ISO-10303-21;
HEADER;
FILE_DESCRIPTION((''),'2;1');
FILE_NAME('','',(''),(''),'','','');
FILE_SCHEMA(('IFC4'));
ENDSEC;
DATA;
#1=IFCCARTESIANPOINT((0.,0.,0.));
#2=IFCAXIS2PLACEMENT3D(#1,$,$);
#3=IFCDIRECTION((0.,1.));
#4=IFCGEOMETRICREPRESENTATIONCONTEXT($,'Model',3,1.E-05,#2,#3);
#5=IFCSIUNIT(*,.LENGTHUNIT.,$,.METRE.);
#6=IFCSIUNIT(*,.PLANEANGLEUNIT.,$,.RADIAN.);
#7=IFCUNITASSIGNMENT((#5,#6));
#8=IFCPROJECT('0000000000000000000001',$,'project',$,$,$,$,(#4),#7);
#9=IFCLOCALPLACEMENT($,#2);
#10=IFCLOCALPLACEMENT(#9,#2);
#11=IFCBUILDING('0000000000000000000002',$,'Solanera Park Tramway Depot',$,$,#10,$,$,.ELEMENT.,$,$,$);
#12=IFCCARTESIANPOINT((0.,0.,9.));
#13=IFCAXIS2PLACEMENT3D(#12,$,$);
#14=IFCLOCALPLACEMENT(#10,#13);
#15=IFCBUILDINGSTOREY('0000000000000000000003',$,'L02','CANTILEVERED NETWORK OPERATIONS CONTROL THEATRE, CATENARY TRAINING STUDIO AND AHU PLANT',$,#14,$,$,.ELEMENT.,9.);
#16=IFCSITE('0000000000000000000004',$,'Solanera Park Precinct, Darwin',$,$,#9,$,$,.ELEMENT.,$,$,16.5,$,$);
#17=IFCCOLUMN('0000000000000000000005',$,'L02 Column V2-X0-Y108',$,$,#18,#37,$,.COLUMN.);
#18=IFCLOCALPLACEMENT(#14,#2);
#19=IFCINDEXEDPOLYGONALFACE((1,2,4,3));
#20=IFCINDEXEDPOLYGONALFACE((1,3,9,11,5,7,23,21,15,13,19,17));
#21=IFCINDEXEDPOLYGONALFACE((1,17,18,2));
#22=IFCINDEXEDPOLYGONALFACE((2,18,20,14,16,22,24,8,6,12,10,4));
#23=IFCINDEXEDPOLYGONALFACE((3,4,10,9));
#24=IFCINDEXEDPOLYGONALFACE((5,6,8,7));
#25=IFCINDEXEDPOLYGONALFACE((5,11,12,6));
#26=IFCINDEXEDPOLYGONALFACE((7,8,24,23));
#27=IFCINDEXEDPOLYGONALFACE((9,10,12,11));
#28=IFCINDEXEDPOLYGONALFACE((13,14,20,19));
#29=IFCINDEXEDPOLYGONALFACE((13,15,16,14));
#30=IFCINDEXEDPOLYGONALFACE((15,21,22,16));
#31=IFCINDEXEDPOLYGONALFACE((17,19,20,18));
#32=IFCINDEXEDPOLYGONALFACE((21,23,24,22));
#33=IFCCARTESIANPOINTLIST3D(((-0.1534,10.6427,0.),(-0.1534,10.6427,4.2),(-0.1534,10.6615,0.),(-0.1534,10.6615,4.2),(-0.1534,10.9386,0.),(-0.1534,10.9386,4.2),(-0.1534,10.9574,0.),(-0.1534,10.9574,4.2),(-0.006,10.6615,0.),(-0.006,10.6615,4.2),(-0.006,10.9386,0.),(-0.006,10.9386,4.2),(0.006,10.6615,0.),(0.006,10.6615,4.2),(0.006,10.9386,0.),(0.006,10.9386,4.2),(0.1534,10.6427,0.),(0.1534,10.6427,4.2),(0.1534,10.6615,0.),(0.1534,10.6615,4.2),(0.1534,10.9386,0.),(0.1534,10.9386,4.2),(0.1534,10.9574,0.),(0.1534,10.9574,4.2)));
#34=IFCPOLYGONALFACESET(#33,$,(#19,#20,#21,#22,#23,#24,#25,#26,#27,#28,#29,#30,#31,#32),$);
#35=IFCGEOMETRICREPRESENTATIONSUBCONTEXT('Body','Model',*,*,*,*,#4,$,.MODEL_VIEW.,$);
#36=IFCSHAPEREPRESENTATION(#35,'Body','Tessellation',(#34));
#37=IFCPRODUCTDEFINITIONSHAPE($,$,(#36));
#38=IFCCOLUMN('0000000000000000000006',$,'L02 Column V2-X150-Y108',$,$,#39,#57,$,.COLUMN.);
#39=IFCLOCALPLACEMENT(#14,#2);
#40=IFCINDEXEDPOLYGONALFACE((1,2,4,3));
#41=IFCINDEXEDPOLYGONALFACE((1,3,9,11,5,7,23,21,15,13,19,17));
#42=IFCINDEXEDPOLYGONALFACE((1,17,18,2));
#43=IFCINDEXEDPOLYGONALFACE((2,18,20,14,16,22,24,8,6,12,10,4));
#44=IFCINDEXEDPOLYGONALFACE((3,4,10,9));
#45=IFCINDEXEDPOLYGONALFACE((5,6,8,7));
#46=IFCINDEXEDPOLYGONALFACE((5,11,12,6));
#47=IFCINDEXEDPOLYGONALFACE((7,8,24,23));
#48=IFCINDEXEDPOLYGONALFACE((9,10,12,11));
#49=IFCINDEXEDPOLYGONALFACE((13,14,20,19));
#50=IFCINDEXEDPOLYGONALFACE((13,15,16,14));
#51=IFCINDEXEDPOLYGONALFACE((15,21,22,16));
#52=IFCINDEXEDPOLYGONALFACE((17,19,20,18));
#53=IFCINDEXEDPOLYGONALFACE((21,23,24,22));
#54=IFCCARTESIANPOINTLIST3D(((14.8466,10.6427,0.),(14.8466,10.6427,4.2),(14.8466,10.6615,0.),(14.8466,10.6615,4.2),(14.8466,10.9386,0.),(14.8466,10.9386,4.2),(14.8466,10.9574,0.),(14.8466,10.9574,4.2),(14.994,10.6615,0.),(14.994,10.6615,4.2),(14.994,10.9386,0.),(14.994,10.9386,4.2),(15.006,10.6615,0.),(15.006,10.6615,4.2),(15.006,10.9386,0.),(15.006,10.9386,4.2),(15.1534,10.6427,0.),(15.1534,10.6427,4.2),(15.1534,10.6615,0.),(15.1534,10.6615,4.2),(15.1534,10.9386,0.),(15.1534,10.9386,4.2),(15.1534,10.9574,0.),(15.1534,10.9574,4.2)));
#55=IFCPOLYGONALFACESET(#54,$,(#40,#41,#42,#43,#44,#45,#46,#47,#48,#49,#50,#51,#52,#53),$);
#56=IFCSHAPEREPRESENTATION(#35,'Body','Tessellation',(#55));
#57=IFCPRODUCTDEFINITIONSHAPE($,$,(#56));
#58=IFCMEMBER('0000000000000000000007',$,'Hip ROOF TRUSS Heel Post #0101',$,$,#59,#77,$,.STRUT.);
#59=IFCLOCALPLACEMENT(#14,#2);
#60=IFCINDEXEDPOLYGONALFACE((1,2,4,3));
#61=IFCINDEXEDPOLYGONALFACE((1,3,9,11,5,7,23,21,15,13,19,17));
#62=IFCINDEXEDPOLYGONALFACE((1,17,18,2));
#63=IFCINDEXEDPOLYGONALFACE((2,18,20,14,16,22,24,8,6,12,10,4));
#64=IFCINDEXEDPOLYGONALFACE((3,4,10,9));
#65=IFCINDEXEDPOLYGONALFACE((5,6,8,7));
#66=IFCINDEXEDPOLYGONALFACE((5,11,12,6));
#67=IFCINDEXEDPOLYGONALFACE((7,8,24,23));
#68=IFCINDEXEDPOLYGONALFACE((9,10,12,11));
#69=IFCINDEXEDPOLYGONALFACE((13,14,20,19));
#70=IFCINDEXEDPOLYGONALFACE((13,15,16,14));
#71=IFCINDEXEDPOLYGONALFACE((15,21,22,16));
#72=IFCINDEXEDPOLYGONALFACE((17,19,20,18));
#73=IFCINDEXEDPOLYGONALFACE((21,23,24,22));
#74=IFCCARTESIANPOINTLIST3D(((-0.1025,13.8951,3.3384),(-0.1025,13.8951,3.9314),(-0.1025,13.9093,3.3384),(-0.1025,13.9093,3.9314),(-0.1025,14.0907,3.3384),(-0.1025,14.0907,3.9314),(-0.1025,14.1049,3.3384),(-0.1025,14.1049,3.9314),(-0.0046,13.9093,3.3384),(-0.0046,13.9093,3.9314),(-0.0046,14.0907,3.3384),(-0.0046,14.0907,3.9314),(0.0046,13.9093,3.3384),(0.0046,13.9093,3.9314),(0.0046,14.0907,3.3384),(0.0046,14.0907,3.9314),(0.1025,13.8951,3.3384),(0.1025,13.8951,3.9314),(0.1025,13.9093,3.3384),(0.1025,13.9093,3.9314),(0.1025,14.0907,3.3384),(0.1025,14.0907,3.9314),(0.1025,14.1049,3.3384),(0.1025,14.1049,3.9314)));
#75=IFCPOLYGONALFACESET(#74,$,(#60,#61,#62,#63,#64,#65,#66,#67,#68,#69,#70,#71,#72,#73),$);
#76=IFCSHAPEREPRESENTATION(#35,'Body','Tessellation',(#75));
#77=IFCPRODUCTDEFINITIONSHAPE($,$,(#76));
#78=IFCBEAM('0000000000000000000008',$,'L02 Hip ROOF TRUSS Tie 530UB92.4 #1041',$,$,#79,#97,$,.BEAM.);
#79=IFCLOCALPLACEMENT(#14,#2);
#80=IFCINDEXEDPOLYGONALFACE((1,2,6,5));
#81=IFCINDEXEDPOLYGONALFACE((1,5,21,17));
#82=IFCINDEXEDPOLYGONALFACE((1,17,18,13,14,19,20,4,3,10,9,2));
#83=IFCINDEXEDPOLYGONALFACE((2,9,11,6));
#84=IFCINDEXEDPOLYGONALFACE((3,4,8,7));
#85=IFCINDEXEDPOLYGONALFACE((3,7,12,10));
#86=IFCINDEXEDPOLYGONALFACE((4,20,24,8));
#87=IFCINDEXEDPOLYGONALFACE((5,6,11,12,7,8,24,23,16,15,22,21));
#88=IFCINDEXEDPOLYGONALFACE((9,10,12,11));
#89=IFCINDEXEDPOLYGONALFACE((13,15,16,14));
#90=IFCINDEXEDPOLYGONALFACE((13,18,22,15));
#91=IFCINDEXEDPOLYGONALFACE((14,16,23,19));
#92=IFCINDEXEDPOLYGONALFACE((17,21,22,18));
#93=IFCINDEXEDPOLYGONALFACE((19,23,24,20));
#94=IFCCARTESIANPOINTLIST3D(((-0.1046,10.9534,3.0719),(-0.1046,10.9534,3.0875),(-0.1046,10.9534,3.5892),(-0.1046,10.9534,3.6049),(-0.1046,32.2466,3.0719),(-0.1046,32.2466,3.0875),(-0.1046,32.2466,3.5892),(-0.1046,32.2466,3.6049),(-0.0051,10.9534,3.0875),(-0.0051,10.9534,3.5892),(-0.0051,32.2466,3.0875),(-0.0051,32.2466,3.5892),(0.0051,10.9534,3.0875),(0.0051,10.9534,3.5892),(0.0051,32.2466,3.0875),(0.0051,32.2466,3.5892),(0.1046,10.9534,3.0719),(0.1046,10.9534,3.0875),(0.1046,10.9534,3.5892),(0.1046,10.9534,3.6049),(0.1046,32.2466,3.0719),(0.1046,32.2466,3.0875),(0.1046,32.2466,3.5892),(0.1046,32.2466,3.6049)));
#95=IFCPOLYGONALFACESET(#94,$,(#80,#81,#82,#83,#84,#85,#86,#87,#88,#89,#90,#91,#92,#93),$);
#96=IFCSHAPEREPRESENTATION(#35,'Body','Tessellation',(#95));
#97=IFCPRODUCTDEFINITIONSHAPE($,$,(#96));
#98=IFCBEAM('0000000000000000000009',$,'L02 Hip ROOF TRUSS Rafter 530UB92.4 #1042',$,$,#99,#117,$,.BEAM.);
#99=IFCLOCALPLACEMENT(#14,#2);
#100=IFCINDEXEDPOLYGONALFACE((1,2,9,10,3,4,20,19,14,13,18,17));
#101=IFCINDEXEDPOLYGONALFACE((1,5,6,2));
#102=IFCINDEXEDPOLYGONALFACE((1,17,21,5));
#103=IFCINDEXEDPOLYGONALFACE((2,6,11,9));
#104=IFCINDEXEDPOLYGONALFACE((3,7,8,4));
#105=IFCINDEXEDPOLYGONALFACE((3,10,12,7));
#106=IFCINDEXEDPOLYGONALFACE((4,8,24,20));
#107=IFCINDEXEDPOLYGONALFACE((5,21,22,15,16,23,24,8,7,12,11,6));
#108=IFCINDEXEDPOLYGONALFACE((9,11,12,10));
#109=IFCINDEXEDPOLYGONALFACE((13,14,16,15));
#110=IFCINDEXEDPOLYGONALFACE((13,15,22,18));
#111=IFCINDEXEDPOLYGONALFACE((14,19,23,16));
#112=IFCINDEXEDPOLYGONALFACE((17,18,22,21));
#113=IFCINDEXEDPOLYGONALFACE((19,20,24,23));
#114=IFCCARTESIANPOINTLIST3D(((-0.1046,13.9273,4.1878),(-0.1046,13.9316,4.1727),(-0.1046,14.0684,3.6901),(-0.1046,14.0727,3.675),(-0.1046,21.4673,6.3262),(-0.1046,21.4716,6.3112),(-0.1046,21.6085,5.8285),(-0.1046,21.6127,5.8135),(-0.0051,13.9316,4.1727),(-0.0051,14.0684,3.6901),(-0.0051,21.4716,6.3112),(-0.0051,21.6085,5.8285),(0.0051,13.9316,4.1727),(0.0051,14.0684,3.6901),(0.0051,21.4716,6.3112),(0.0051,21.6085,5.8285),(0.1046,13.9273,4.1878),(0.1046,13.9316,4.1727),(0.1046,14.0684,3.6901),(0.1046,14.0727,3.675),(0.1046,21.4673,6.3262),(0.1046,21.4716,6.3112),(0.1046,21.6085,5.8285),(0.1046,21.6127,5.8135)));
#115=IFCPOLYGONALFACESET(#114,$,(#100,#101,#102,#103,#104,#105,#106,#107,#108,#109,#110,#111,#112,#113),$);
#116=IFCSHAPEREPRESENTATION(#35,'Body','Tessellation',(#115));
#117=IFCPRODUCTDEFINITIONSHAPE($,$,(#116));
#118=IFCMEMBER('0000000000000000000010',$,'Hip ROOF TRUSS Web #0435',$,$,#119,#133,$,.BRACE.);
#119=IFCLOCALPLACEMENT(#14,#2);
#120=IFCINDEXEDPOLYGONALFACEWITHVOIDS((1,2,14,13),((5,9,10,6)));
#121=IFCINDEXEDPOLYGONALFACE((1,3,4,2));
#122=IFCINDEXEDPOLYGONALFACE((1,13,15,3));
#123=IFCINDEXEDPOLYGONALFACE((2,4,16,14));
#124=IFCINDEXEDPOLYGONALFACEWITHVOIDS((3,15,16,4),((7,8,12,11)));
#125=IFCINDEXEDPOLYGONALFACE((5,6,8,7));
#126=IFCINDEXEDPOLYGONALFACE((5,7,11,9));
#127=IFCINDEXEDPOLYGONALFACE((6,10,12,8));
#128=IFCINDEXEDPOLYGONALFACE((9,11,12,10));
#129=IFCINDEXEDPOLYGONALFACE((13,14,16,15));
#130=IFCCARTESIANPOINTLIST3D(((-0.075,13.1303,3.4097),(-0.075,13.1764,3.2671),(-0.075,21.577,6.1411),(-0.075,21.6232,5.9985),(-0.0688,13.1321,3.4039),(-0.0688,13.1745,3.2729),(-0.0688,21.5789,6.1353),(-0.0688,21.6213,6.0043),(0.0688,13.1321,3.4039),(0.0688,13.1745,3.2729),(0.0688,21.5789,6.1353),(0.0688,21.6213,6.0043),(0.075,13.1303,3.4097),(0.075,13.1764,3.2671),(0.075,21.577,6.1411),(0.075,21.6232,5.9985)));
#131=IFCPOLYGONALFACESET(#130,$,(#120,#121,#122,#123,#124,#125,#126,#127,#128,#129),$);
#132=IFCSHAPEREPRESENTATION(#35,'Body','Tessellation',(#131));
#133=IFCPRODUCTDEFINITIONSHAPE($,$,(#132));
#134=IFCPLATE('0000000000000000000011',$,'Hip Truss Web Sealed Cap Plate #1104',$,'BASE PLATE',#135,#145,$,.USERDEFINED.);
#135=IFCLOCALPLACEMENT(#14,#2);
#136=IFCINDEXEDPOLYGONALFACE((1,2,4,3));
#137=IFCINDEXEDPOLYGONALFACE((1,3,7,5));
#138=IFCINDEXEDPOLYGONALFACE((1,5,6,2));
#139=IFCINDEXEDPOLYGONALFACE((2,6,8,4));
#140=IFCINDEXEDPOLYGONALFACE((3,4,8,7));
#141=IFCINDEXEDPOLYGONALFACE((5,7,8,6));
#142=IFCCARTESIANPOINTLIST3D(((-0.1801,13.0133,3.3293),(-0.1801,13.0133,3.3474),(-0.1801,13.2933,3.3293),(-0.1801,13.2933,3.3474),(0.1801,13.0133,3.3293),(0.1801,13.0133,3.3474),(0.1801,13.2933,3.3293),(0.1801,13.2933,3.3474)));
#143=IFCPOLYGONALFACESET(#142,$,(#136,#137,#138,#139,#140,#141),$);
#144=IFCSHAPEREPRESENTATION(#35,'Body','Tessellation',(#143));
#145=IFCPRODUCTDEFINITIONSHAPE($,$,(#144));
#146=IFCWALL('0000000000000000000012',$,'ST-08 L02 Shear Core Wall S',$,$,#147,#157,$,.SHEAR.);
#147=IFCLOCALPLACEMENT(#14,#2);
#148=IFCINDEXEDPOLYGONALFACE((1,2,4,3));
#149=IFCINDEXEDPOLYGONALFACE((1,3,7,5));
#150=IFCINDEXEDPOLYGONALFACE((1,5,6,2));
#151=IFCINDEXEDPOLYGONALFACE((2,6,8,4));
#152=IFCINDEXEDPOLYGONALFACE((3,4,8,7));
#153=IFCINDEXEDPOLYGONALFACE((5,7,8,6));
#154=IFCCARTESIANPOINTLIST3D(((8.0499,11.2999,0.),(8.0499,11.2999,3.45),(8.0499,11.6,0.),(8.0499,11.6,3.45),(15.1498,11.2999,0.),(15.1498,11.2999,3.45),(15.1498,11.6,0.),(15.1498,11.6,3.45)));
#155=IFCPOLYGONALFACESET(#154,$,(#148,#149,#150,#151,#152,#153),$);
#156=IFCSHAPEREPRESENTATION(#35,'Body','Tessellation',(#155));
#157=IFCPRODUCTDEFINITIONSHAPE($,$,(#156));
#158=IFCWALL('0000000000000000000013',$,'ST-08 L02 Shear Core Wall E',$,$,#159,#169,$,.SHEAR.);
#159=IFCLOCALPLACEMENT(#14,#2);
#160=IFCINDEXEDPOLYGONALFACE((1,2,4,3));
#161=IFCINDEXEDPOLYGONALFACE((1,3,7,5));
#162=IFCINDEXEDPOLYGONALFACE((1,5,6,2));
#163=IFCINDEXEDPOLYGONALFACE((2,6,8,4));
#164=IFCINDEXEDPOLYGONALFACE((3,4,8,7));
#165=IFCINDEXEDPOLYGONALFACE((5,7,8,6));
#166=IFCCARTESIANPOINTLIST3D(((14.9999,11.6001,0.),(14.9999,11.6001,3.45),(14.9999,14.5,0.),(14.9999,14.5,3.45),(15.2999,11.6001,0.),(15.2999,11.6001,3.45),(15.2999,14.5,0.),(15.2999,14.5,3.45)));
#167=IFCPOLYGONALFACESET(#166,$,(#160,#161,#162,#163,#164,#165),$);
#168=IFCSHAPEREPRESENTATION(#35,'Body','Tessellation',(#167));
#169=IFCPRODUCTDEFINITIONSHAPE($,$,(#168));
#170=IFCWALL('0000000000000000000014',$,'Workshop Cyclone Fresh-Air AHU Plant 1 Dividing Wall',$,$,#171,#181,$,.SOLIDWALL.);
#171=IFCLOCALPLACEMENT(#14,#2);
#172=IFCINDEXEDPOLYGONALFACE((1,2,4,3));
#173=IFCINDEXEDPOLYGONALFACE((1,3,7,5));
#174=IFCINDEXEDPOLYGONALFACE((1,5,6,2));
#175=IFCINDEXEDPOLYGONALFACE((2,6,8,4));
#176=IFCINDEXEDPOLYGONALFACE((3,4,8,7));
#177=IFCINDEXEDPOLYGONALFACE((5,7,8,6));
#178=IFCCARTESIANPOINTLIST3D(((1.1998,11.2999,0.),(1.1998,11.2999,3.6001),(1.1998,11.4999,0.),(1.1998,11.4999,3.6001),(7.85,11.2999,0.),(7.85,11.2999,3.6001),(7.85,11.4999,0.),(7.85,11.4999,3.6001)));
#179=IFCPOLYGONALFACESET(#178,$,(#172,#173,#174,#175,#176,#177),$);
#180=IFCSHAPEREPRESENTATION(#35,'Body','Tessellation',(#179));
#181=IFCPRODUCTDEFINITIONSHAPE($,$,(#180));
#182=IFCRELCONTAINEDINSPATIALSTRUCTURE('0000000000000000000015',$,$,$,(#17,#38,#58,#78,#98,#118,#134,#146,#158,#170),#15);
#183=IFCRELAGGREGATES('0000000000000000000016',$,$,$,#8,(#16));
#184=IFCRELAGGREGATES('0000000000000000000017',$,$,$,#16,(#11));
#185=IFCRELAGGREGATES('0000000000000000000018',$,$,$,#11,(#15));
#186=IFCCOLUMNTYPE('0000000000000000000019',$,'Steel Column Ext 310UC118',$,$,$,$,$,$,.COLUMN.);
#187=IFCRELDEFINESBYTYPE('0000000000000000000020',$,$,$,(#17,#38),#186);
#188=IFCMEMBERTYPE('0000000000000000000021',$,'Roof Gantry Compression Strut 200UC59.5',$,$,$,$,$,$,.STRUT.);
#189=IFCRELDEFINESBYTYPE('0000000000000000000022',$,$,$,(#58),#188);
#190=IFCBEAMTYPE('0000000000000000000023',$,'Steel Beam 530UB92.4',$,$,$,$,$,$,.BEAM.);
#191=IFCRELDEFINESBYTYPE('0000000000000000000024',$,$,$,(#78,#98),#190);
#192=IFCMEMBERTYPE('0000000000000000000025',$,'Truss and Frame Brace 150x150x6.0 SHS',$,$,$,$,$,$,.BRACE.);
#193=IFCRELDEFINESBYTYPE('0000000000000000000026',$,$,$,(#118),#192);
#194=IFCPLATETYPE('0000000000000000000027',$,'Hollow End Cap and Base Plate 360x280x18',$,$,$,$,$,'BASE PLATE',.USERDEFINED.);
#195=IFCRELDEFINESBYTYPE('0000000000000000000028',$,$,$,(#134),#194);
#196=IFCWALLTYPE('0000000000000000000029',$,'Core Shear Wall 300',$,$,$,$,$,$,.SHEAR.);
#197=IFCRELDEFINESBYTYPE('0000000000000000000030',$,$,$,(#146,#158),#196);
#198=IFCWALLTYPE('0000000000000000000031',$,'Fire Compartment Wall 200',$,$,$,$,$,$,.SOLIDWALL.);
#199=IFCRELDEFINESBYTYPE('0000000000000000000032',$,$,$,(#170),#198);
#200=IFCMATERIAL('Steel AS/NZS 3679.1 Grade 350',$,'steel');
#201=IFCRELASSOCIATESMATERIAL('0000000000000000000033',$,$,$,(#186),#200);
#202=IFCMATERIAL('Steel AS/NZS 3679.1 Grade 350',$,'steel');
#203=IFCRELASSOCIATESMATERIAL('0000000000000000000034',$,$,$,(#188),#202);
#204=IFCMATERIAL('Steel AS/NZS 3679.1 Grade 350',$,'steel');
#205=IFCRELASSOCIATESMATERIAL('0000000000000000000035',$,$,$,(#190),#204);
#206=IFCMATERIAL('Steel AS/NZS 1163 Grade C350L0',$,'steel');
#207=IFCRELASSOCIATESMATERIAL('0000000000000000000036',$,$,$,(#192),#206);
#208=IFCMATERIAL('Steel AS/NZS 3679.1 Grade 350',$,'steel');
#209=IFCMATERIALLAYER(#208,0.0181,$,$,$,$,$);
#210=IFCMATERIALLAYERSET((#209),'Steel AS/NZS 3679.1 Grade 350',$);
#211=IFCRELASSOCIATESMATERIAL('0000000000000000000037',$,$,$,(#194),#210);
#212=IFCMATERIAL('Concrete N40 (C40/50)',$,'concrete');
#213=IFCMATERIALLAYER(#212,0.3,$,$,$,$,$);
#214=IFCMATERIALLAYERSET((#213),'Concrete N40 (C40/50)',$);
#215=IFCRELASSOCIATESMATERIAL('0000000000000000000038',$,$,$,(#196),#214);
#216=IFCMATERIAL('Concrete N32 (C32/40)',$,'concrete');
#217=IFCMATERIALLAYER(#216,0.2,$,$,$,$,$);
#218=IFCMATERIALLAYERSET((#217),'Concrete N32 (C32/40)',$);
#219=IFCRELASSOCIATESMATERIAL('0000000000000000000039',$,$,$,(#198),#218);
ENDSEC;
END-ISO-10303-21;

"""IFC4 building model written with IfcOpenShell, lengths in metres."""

from ifc_helpers import new_model, si_unit, direction, frame, frame_2d, origin, origin_2d, place, context, subcontext, project, spatial, rectangle, hollow_rectangle, i_section, extrude, material, layer, layer_set, material_profile, profile_set, type_object, element, save


model = new_model("IFC4")

# Units and contexts
model_context = context("Model", 3, precision=1e-05, world=origin(), true_north=direction((0.0, 1.0)))
body_context = subcontext(model_context, "Body", "Model", "MODEL_VIEW")
ifc_project = project(units=[si_unit("LENGTHUNIT", "METRE"), si_unit("PLANEANGLEUNIT", "RADIAN")], contexts=[model_context])

# Site, building, storey
site_placement = place(None, origin())
site = spatial("IfcSite", under=ifc_project, at=site_placement, Name="Solanera Park Precinct, Darwin", CompositionType="ELEMENT", RefElevation=16.5)
building_placement = place(site_placement, origin())
building = spatial("IfcBuilding", under=site, at=building_placement, Name="Solanera Park Tramway Depot", CompositionType="ELEMENT")
storey_placement = place(building_placement, frame((0.0, 0.0, 9.0)))
storey = spatial("IfcBuildingStorey", under=building, at=storey_placement, Name="L02", Description="CANTILEVERED NETWORK OPERATIONS CONTROL THEATRE, CATENARY TRAINING STUDIO AND AHU PLANT", CompositionType="ELEMENT", Elevation=9.0)

# Columns
ifc_material_1 = material(Name="Steel AS/NZS 3679.1 Grade 350", Category="steel")
ifc_material_profile_1 = material_profile(ifc_material_1, i_section(OverallWidth=0.3069, OverallDepth=0.3147, WebThickness=0.012, FlangeThickness=0.0188, at=origin_2d()), Name="310UC118")
ifc_profile_set_1 = profile_set([ifc_material_profile_1], Name="Steel AS/NZS 3679.1 Grade 350")
column_type = type_object("IfcColumnType", Name="Steel Column Ext 310UC118", PredefinedType="COLUMN", material=ifc_profile_set_1)
for number, where, z_axis, x_axis, name in (
    (1, (0.0, 10.8, 0.0), (0.0, 0.0, 1.0), (1.0, 0.0, 0.0), "L02 Column V2-X0-Y108"),
    (2, (15.0, 10.8, 0.0), (0.0, 0.0, 1.0), (1.0, 0.0, 0.0), "L02 Column V2-X150-Y108"),
):
    element("IfcColumn", number, at=place(storey_placement, frame(where, z_axis=z_axis, x_axis=x_axis)), inside=storey, type_object=column_type, Name=name, PredefinedType="COLUMN", context=body_context, shape_type="SweptSolid", body=[
        extrude(i_section(OverallWidth=0.3069, OverallDepth=0.3147, WebThickness=0.012, FlangeThickness=0.0188, at=origin_2d()), origin(), (0.0, 0.0, 1.0), 4.2),
    ])

# Member
ifc_material_2 = material(Name="Steel AS/NZS 3679.1 Grade 350", Category="steel")
ifc_material_profile_2 = material_profile(ifc_material_2, i_section(OverallWidth=0.2051, OverallDepth=0.2097, WebThickness=0.0093, FlangeThickness=0.0142, at=origin_2d()), Name="200UC59.5")
ifc_profile_set_2 = profile_set([ifc_material_profile_2], Name="Steel AS/NZS 3679.1 Grade 350")
member_type_1 = type_object("IfcMemberType", Name="Roof Gantry Compression Strut 200UC59.5", PredefinedType="STRUT", material=ifc_profile_set_2)
member_1_placement = place(storey_placement, frame((0.0, 14.0, 3.3384), z_axis=(0.0, 0.0, 1.0), x_axis=(1.0, 0.0, 0.0)))
element("IfcMember", 3, at=member_1_placement, inside=storey, type_object=member_type_1, Name="Hip ROOF TRUSS Heel Post #0101", PredefinedType="STRUT", context=body_context, shape_type="SweptSolid", body=[
    extrude(i_section(OverallWidth=0.2051, OverallDepth=0.2097, WebThickness=0.0093, FlangeThickness=0.0142, at=origin_2d()), origin(), (0.0, 0.0, 1.0), 0.593),
])

# Beams
ifc_material_3 = material(Name="Steel AS/NZS 3679.1 Grade 350", Category="steel")
ifc_material_profile_3 = material_profile(ifc_material_3, i_section(OverallWidth=0.2092, OverallDepth=0.533, WebThickness=0.0103, FlangeThickness=0.0156, at=origin_2d()), Name="530UB92.4")
ifc_profile_set_3 = profile_set([ifc_material_profile_3], Name="Steel AS/NZS 3679.1 Grade 350")
beam_type = type_object("IfcBeamType", Name="Steel Beam 530UB92.4", PredefinedType="BEAM", material=ifc_profile_set_3)
beam_1_placement = place(storey_placement, frame((0.0, 10.9534, 3.3384), z_axis=(0.0, 1.0, 0.0), x_axis=(-1.0, 0.0, 0.0)))
element("IfcBeam", 4, at=beam_1_placement, inside=storey, type_object=beam_type, Name="L02 Hip ROOF TRUSS Tie 530UB92.4 #1041", PredefinedType="BEAM", context=body_context, shape_type="SweptSolid", body=[
    extrude(i_section(OverallWidth=0.2092, OverallDepth=0.533, WebThickness=0.0103, FlangeThickness=0.0156, at=origin_2d()), origin(), (0.0, 0.0, 1.0), 21.2932),
])
beam_2_placement = place(storey_placement, frame((0.0, 14.0, 3.9314), z_axis=(0.0, 0.962057, 0.272849), x_axis=(-1.0, 0.0, 0.0)))
element("IfcBeam", 5, at=beam_2_placement, inside=storey, type_object=beam_type, Name="L02 Hip ROOF TRUSS Rafter 530UB92.4 #1042", PredefinedType="BEAM", context=body_context, shape_type="SweptSolid", body=[
    extrude(i_section(OverallWidth=0.2092, OverallDepth=0.533, WebThickness=0.0103, FlangeThickness=0.0156, at=origin_2d()), origin(), (0.0, 0.0, 1.0), 7.8374),
])

# Member
ifc_material_4 = material(Name="Steel AS/NZS 1163 Grade C350L0", Category="steel")
ifc_material_profile_4 = material_profile(ifc_material_4, hollow_rectangle(XDim=0.1499, YDim=0.1499, WallThickness=0.0061, at=origin_2d()), Name="150x150x6.0 SHS")
ifc_profile_set_4 = profile_set([ifc_material_profile_4], Name="Steel AS/NZS 1163 Grade C350L0")
member_type_2 = type_object("IfcMemberType", Name="Truss and Frame Brace 150x150x6.0 SHS", PredefinedType="BRACE", material=ifc_profile_set_4)
member_2_placement = place(storey_placement, frame((0.0, 13.1533, 3.3384), z_axis=(0.0, 0.951489, 0.307684), x_axis=(-1.0, 0.0, 0.0)))
element("IfcMember", 6, at=member_2_placement, inside=storey, type_object=member_type_2, Name="Hip ROOF TRUSS Web #0435", PredefinedType="BRACE", context=body_context, shape_type="SweptSolid", body=[
    extrude(hollow_rectangle(XDim=0.1499, YDim=0.1499, WallThickness=0.0061, at=origin_2d()), origin(), (0.0, 0.0, 1.0), 8.8774),
])

# Plate
ifc_material_5 = material(Name="Steel AS/NZS 3679.1 Grade 350", Category="steel")
ifc_layer_1 = layer(ifc_material_5, 0.0181)
ifc_layer_set_1 = layer_set([ifc_layer_1], Name="Steel AS/NZS 3679.1 Grade 350")
plate_type = type_object("IfcPlateType", Name="Hollow End Cap and Base Plate 360x280x18", ElementType="BASE PLATE", PredefinedType="USERDEFINED", material=ifc_layer_set_1)
plate_placement = place(storey_placement, frame((0.0, 13.1533, 3.3293), z_axis=(0.0, 0.0, 1.0), x_axis=(1.0, 0.0, 0.0)))
element("IfcPlate", 7, at=plate_placement, inside=storey, type_object=plate_type, Name="Hip Truss Web Sealed Cap Plate #1104", ObjectType="BASE PLATE", PredefinedType="USERDEFINED", context=body_context, shape_type="SweptSolid", body=[
    extrude(rectangle(XDim=0.3601, YDim=0.28, at=origin_2d()), origin(), (0.0, 0.0, 1.0), 0.0181),
])

# Walls
ifc_material_6 = material(Name="Concrete N40 (C40/50)", Category="concrete")
ifc_layer_2 = layer(ifc_material_6, 0.3)
ifc_layer_set_2 = layer_set([ifc_layer_2], Name="Concrete N40 (C40/50)")
wall_type_1 = type_object("IfcWallType", Name="Core Shear Wall 300", PredefinedType="SHEAR", material=ifc_layer_set_2)
wall_1_placement = place(storey_placement, frame((8.05, 11.45, 0.0), z_axis=(0.0, 0.0, 1.0), x_axis=(1.0, 0.0, 0.0)))
element("IfcWall", 8, at=wall_1_placement, inside=storey, type_object=wall_type_1, Name="ST-08 L02 Shear Core Wall S", PredefinedType="SHEAR", context=body_context, shape_type="SweptSolid", body=[
    extrude(rectangle(XDim=7.0999, YDim=0.3, at=frame_2d((3.5498, 0.0))), origin(), (0.0, 0.0, 1.0), 3.45),
])
wall_2_placement = place(storey_placement, frame((15.1499, 11.6001, 0.0), z_axis=(0.0, 0.0, 1.0), x_axis=(0.0, 1.0, 0.0)))
element("IfcWall", 9, at=wall_2_placement, inside=storey, type_object=wall_type_1, Name="ST-08 L02 Shear Core Wall E", PredefinedType="SHEAR", context=body_context, shape_type="SweptSolid", body=[
    extrude(rectangle(XDim=2.8999, YDim=0.3, at=frame_2d((1.45, 0.0))), origin(), (0.0, 0.0, 1.0), 3.45),
])

# Wall
ifc_material_7 = material(Name="Concrete N32 (C32/40)", Category="concrete")
ifc_layer_3 = layer(ifc_material_7, 0.2)
ifc_layer_set_3 = layer_set([ifc_layer_3], Name="Concrete N32 (C32/40)")
wall_type_2 = type_object("IfcWallType", Name="Fire Compartment Wall 200", PredefinedType="SOLIDWALL", material=ifc_layer_set_3)
wall_3_placement = place(storey_placement, frame((7.8501, 11.3999, 0.0), z_axis=(0.0, 0.0, 1.0), x_axis=(-1.0, 0.0, 0.0)))
element("IfcWall", 10, at=wall_3_placement, inside=storey, type_object=wall_type_2, Name="Workshop Cyclone Fresh-Air AHU Plant 1 Dividing Wall", PredefinedType="SOLIDWALL", context=body_context, shape_type="SweptSolid", body=[
    extrude(rectangle(XDim=6.6501, YDim=0.2, at=frame_2d((3.3252, 0.0))), origin(), (0.0, 0.0, 1.0), 3.6001),
])

save(model, "model.ifc")
